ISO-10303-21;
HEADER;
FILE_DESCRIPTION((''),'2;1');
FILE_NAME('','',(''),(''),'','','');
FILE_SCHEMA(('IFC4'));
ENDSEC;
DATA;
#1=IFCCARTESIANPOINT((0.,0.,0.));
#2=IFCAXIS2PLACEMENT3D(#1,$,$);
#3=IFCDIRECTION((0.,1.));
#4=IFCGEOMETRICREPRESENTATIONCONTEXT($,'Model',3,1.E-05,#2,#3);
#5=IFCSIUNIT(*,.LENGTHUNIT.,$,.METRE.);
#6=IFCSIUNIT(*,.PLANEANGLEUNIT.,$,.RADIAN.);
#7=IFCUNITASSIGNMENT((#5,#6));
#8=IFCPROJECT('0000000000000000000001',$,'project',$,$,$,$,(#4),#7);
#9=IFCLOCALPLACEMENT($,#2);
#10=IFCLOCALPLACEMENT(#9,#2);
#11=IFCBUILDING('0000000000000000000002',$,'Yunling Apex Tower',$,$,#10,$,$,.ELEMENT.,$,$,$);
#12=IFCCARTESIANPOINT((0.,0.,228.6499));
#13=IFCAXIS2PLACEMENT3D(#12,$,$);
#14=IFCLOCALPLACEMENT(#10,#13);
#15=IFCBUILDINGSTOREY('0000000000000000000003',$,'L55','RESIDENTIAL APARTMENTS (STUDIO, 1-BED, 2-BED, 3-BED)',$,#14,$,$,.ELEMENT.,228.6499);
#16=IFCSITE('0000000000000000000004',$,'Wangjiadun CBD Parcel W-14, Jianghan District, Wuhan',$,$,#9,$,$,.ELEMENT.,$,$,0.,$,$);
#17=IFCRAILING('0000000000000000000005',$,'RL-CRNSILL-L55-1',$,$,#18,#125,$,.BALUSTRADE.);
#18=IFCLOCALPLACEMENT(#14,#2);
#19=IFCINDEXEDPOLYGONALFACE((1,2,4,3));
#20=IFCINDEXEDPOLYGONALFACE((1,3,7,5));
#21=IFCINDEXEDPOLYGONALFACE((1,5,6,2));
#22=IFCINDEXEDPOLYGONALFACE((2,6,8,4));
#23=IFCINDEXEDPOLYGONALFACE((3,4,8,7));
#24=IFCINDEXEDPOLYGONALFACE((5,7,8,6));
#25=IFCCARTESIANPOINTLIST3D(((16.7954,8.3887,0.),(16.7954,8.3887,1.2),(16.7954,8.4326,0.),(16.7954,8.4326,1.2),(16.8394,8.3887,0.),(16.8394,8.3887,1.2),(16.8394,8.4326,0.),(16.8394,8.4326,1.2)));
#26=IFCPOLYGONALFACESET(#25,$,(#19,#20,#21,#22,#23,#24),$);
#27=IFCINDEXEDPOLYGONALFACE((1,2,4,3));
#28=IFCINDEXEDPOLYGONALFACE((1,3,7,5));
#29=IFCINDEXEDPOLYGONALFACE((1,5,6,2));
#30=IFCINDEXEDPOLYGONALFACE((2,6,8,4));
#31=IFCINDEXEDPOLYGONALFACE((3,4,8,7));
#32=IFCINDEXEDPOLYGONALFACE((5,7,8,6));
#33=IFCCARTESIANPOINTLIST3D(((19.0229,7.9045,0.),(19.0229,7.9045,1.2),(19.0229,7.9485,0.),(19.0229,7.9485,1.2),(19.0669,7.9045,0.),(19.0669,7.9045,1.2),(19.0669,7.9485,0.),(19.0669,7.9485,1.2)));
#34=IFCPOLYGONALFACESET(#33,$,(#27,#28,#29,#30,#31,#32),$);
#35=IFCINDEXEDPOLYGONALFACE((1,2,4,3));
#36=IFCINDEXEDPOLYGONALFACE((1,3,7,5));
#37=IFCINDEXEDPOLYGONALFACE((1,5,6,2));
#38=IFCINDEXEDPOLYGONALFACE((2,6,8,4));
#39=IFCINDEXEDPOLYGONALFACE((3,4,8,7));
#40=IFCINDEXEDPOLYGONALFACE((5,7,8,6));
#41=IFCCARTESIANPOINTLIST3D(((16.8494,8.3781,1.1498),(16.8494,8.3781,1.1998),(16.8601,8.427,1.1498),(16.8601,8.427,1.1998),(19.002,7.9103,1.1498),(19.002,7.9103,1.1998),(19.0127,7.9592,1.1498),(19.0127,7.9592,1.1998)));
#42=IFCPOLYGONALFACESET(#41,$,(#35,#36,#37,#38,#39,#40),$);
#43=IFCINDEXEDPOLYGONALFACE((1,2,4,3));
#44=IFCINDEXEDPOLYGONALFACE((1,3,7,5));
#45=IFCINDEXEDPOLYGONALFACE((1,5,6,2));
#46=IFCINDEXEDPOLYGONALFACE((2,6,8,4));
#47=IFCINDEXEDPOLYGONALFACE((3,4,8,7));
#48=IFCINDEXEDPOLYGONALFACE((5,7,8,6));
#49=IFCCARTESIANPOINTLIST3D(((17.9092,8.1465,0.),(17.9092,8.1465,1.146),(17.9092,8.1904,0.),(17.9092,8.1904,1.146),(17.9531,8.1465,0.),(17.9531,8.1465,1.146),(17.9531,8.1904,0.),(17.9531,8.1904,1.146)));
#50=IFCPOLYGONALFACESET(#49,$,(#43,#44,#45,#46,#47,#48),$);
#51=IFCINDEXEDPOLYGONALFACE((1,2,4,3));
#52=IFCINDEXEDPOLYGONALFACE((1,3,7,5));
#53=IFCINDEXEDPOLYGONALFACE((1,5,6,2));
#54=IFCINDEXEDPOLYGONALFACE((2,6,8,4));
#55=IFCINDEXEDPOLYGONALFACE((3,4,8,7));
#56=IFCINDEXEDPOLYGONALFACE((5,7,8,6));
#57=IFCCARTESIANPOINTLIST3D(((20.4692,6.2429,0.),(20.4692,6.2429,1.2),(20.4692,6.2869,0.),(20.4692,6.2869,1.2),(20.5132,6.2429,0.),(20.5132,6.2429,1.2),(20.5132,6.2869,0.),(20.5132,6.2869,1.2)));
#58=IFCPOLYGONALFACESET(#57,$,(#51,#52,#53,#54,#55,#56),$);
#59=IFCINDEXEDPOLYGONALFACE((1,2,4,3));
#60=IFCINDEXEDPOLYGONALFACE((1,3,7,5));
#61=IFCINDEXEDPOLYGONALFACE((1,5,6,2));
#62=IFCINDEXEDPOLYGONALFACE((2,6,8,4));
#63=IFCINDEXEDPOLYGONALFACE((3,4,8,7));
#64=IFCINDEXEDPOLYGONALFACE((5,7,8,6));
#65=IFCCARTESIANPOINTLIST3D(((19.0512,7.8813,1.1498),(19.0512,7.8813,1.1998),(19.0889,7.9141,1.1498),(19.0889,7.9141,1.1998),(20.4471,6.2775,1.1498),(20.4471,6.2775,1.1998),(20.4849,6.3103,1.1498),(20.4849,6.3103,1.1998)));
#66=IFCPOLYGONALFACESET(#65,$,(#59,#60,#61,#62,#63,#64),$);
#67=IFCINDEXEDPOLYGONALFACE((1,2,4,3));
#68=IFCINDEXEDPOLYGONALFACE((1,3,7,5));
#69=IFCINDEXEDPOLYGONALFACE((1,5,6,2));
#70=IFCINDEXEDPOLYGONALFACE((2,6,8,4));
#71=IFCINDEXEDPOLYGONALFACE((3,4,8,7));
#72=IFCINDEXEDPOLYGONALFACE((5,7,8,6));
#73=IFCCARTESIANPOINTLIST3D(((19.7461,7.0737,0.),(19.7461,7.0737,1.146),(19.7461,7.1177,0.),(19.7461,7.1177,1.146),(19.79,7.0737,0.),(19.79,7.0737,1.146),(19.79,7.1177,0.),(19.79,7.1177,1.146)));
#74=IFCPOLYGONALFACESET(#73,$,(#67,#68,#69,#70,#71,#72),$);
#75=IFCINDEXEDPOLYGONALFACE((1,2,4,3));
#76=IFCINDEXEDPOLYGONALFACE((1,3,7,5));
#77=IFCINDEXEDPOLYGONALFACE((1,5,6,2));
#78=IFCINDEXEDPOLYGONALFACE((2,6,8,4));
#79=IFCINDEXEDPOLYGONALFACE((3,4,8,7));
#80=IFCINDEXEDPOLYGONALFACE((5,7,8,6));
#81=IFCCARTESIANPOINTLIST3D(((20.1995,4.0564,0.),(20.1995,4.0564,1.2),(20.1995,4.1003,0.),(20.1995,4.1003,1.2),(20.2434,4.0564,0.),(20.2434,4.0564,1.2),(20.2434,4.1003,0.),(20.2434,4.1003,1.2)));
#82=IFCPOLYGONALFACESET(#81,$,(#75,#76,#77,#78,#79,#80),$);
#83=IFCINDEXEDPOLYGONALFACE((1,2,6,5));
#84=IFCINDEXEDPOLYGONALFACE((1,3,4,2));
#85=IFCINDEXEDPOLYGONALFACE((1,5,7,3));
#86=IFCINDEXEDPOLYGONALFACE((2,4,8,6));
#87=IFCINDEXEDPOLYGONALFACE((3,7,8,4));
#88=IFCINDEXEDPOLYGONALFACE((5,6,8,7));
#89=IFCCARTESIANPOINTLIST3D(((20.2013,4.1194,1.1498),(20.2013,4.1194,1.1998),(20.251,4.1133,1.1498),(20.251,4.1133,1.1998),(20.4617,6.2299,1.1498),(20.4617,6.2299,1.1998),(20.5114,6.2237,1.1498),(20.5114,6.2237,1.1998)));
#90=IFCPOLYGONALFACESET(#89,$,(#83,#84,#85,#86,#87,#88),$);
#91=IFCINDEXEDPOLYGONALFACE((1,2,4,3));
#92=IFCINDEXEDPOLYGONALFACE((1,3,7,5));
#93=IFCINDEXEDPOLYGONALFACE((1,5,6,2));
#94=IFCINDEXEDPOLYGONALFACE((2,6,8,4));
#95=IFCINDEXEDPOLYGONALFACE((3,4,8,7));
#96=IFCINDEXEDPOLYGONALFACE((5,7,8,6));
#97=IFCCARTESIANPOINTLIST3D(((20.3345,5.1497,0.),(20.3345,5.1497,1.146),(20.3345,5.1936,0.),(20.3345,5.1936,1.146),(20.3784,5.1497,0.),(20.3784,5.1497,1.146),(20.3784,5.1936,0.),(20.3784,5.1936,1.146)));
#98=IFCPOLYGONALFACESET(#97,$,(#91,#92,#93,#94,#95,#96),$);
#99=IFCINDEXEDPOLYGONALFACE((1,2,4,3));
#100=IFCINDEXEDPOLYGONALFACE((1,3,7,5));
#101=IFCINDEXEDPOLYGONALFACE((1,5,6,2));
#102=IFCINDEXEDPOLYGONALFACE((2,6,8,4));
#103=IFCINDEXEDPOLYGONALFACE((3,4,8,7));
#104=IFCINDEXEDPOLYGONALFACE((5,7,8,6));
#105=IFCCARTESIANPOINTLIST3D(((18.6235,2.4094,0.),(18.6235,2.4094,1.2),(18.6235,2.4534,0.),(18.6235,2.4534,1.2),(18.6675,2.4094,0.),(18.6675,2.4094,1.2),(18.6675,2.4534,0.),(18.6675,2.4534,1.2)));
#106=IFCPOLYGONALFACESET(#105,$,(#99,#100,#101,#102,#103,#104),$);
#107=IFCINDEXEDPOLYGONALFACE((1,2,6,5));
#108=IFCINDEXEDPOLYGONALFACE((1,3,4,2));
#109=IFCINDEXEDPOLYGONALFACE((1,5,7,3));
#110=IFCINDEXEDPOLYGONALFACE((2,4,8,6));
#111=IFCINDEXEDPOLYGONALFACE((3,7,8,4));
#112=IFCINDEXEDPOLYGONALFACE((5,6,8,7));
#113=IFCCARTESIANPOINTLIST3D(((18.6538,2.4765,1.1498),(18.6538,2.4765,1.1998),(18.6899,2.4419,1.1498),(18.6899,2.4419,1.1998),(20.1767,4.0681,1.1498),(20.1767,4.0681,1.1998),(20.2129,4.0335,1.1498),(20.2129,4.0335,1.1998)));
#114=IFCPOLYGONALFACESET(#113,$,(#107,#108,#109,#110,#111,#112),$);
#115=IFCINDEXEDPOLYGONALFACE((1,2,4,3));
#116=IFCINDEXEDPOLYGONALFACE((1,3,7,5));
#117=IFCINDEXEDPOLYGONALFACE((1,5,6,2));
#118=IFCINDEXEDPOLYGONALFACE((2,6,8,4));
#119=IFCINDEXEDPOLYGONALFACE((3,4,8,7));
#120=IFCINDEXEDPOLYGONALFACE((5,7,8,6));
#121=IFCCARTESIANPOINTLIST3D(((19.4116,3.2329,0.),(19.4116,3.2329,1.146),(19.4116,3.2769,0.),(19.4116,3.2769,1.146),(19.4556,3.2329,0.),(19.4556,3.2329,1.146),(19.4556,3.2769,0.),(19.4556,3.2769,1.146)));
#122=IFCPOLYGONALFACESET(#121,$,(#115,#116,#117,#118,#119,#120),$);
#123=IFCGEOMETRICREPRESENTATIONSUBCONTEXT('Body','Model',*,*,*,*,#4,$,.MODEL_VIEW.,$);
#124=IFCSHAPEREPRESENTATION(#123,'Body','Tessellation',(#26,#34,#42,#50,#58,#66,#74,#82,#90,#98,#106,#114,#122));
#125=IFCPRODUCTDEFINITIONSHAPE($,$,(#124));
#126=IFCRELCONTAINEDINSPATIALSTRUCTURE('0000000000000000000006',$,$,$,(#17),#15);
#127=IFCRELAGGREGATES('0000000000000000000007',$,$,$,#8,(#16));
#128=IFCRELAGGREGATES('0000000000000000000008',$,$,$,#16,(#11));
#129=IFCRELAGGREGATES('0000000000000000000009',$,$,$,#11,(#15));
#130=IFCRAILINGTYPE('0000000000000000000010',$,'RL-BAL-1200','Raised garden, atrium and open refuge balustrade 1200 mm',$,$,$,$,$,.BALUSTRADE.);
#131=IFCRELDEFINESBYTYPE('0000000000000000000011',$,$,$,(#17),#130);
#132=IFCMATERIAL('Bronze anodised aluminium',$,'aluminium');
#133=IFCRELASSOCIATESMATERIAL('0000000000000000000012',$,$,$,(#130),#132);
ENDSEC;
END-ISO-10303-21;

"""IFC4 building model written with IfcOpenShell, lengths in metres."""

from ifc_helpers import new_model, si_unit, direction, frame, origin, origin_2d, place, context, subcontext, project, spatial, rectangle, extrude, material, type_object, element, save


model = new_model("IFC4")

# Units and contexts
model_context = context("Model", 3, precision=1e-05, world=origin(), true_north=direction((0.0, 1.0)))
body_context = subcontext(model_context, "Body", "Model", "MODEL_VIEW")
ifc_project = project(units=[si_unit("LENGTHUNIT", "METRE"), si_unit("PLANEANGLEUNIT", "RADIAN")], contexts=[model_context])

# Site, building, storey
site_placement = place(None, origin())
site = spatial("IfcSite", under=ifc_project, at=site_placement, Name="Wangjiadun CBD Parcel W-14, Jianghan District, Wuhan", CompositionType="ELEMENT", RefElevation=0.0)
building_placement = place(site_placement, origin())
building = spatial("IfcBuilding", under=site, at=building_placement, Name="Yunling Apex Tower", CompositionType="ELEMENT")
storey_placement = place(building_placement, frame((0.0, 0.0, 228.6499)))
storey = spatial("IfcBuildingStorey", under=building, at=storey_placement, Name="L55", Description="RESIDENTIAL APARTMENTS (STUDIO, 1-BED, 2-BED, 3-BED)", CompositionType="ELEMENT", Elevation=228.6499)

# Shared definitions
ifc_material_1 = material(Name="Bronze anodised aluminium", Category="aluminium")

# Railing
railing_type = type_object("IfcRailingType", Name="RL-BAL-1200", Description="Raised garden, atrium and open refuge balustrade 1200 mm", PredefinedType="BALUSTRADE", material=ifc_material_1)
railing_1_placement = place(storey_placement, frame((16.8174, 8.4106, 0.0)))
element("IfcRailing", 1, at=railing_1_placement, inside=storey, type_object=railing_type, Name="RL-CRNSILL-L55-1", PredefinedType="BALUSTRADE", context=body_context, shape_type="SweptSolid", body=[
    extrude(rectangle(XDim=0.0439, YDim=0.0439, at=origin_2d()), origin(), (0.0, 0.0, 1.0), 1.2),
    extrude(rectangle(XDim=0.0439, YDim=0.0439, at=origin_2d()), frame((2.2275, -0.4841, 0.0)), (0.0, 0.0, 1.0), 1.2),
    extrude(rectangle(XDim=0.05, YDim=0.05, at=origin_2d()), frame((0.0374, -0.0081, 1.1748), z_axis=(0.977187, -0.212381, 0.0), x_axis=(0.212381, 0.977187, 0.0)), (0.0, 0.0, 1.0), 2.2029),
    extrude(rectangle(XDim=0.0439, YDim=0.0439, at=origin_2d()), frame((1.1138, -0.2422, 0.0)), (0.0, 0.0, 1.0), 1.146),
    extrude(rectangle(XDim=0.0439, YDim=0.0439, at=origin_2d()), frame((3.6738, -2.1458, 0.0)), (0.0, 0.0, 1.0), 1.2),
    extrude(rectangle(XDim=0.05, YDim=0.05, at=origin_2d()), frame((2.2527, -0.5129, 1.1748), z_axis=(0.656541, -0.75429, 0.0), x_axis=(0.75429, 0.656541, 0.0)), (0.0, 0.0, 1.0), 2.1262),
    extrude(rectangle(XDim=0.0439, YDim=0.0439, at=origin_2d()), frame((2.9507, -1.3149, 0.0)), (0.0, 0.0, 1.0), 1.146),
    extrude(rectangle(XDim=0.0439, YDim=0.0439, at=origin_2d()), frame((3.4041, -4.3323, 0.0)), (0.0, 0.0, 1.0), 1.2),
    extrude(rectangle(XDim=0.05, YDim=0.05, at=origin_2d()), frame((3.6692, -2.1838, 1.1748), z_axis=(-0.122452, -0.992474, 0.0), x_axis=(0.992474, -0.122452, 0.0)), (0.0, 0.0, 1.0), 2.1265),
    extrude(rectangle(XDim=0.0439, YDim=0.0439, at=origin_2d()), frame((3.5391, -3.239, 0.0)), (0.0, 0.0, 1.0), 1.146),
    extrude(rectangle(XDim=0.0439, YDim=0.0439, at=origin_2d()), frame((1.8281, -5.9792, 0.0)), (0.0, 0.0, 1.0), 1.2),
    extrude(rectangle(XDim=0.05, YDim=0.05, at=origin_2d()), frame((3.3774, -4.3599, 1.1748), z_axis=(-0.691352, -0.722519, 0.0), x_axis=(0.722519, -0.691352, 0.0)), (0.0, 0.0, 1.0), 2.2029),
    extrude(rectangle(XDim=0.0439, YDim=0.0439, at=origin_2d()), frame((2.6162, -5.1558, 0.0)), (0.0, 0.0, 1.0), 1.146),
])

save(model, "model.ifc")
